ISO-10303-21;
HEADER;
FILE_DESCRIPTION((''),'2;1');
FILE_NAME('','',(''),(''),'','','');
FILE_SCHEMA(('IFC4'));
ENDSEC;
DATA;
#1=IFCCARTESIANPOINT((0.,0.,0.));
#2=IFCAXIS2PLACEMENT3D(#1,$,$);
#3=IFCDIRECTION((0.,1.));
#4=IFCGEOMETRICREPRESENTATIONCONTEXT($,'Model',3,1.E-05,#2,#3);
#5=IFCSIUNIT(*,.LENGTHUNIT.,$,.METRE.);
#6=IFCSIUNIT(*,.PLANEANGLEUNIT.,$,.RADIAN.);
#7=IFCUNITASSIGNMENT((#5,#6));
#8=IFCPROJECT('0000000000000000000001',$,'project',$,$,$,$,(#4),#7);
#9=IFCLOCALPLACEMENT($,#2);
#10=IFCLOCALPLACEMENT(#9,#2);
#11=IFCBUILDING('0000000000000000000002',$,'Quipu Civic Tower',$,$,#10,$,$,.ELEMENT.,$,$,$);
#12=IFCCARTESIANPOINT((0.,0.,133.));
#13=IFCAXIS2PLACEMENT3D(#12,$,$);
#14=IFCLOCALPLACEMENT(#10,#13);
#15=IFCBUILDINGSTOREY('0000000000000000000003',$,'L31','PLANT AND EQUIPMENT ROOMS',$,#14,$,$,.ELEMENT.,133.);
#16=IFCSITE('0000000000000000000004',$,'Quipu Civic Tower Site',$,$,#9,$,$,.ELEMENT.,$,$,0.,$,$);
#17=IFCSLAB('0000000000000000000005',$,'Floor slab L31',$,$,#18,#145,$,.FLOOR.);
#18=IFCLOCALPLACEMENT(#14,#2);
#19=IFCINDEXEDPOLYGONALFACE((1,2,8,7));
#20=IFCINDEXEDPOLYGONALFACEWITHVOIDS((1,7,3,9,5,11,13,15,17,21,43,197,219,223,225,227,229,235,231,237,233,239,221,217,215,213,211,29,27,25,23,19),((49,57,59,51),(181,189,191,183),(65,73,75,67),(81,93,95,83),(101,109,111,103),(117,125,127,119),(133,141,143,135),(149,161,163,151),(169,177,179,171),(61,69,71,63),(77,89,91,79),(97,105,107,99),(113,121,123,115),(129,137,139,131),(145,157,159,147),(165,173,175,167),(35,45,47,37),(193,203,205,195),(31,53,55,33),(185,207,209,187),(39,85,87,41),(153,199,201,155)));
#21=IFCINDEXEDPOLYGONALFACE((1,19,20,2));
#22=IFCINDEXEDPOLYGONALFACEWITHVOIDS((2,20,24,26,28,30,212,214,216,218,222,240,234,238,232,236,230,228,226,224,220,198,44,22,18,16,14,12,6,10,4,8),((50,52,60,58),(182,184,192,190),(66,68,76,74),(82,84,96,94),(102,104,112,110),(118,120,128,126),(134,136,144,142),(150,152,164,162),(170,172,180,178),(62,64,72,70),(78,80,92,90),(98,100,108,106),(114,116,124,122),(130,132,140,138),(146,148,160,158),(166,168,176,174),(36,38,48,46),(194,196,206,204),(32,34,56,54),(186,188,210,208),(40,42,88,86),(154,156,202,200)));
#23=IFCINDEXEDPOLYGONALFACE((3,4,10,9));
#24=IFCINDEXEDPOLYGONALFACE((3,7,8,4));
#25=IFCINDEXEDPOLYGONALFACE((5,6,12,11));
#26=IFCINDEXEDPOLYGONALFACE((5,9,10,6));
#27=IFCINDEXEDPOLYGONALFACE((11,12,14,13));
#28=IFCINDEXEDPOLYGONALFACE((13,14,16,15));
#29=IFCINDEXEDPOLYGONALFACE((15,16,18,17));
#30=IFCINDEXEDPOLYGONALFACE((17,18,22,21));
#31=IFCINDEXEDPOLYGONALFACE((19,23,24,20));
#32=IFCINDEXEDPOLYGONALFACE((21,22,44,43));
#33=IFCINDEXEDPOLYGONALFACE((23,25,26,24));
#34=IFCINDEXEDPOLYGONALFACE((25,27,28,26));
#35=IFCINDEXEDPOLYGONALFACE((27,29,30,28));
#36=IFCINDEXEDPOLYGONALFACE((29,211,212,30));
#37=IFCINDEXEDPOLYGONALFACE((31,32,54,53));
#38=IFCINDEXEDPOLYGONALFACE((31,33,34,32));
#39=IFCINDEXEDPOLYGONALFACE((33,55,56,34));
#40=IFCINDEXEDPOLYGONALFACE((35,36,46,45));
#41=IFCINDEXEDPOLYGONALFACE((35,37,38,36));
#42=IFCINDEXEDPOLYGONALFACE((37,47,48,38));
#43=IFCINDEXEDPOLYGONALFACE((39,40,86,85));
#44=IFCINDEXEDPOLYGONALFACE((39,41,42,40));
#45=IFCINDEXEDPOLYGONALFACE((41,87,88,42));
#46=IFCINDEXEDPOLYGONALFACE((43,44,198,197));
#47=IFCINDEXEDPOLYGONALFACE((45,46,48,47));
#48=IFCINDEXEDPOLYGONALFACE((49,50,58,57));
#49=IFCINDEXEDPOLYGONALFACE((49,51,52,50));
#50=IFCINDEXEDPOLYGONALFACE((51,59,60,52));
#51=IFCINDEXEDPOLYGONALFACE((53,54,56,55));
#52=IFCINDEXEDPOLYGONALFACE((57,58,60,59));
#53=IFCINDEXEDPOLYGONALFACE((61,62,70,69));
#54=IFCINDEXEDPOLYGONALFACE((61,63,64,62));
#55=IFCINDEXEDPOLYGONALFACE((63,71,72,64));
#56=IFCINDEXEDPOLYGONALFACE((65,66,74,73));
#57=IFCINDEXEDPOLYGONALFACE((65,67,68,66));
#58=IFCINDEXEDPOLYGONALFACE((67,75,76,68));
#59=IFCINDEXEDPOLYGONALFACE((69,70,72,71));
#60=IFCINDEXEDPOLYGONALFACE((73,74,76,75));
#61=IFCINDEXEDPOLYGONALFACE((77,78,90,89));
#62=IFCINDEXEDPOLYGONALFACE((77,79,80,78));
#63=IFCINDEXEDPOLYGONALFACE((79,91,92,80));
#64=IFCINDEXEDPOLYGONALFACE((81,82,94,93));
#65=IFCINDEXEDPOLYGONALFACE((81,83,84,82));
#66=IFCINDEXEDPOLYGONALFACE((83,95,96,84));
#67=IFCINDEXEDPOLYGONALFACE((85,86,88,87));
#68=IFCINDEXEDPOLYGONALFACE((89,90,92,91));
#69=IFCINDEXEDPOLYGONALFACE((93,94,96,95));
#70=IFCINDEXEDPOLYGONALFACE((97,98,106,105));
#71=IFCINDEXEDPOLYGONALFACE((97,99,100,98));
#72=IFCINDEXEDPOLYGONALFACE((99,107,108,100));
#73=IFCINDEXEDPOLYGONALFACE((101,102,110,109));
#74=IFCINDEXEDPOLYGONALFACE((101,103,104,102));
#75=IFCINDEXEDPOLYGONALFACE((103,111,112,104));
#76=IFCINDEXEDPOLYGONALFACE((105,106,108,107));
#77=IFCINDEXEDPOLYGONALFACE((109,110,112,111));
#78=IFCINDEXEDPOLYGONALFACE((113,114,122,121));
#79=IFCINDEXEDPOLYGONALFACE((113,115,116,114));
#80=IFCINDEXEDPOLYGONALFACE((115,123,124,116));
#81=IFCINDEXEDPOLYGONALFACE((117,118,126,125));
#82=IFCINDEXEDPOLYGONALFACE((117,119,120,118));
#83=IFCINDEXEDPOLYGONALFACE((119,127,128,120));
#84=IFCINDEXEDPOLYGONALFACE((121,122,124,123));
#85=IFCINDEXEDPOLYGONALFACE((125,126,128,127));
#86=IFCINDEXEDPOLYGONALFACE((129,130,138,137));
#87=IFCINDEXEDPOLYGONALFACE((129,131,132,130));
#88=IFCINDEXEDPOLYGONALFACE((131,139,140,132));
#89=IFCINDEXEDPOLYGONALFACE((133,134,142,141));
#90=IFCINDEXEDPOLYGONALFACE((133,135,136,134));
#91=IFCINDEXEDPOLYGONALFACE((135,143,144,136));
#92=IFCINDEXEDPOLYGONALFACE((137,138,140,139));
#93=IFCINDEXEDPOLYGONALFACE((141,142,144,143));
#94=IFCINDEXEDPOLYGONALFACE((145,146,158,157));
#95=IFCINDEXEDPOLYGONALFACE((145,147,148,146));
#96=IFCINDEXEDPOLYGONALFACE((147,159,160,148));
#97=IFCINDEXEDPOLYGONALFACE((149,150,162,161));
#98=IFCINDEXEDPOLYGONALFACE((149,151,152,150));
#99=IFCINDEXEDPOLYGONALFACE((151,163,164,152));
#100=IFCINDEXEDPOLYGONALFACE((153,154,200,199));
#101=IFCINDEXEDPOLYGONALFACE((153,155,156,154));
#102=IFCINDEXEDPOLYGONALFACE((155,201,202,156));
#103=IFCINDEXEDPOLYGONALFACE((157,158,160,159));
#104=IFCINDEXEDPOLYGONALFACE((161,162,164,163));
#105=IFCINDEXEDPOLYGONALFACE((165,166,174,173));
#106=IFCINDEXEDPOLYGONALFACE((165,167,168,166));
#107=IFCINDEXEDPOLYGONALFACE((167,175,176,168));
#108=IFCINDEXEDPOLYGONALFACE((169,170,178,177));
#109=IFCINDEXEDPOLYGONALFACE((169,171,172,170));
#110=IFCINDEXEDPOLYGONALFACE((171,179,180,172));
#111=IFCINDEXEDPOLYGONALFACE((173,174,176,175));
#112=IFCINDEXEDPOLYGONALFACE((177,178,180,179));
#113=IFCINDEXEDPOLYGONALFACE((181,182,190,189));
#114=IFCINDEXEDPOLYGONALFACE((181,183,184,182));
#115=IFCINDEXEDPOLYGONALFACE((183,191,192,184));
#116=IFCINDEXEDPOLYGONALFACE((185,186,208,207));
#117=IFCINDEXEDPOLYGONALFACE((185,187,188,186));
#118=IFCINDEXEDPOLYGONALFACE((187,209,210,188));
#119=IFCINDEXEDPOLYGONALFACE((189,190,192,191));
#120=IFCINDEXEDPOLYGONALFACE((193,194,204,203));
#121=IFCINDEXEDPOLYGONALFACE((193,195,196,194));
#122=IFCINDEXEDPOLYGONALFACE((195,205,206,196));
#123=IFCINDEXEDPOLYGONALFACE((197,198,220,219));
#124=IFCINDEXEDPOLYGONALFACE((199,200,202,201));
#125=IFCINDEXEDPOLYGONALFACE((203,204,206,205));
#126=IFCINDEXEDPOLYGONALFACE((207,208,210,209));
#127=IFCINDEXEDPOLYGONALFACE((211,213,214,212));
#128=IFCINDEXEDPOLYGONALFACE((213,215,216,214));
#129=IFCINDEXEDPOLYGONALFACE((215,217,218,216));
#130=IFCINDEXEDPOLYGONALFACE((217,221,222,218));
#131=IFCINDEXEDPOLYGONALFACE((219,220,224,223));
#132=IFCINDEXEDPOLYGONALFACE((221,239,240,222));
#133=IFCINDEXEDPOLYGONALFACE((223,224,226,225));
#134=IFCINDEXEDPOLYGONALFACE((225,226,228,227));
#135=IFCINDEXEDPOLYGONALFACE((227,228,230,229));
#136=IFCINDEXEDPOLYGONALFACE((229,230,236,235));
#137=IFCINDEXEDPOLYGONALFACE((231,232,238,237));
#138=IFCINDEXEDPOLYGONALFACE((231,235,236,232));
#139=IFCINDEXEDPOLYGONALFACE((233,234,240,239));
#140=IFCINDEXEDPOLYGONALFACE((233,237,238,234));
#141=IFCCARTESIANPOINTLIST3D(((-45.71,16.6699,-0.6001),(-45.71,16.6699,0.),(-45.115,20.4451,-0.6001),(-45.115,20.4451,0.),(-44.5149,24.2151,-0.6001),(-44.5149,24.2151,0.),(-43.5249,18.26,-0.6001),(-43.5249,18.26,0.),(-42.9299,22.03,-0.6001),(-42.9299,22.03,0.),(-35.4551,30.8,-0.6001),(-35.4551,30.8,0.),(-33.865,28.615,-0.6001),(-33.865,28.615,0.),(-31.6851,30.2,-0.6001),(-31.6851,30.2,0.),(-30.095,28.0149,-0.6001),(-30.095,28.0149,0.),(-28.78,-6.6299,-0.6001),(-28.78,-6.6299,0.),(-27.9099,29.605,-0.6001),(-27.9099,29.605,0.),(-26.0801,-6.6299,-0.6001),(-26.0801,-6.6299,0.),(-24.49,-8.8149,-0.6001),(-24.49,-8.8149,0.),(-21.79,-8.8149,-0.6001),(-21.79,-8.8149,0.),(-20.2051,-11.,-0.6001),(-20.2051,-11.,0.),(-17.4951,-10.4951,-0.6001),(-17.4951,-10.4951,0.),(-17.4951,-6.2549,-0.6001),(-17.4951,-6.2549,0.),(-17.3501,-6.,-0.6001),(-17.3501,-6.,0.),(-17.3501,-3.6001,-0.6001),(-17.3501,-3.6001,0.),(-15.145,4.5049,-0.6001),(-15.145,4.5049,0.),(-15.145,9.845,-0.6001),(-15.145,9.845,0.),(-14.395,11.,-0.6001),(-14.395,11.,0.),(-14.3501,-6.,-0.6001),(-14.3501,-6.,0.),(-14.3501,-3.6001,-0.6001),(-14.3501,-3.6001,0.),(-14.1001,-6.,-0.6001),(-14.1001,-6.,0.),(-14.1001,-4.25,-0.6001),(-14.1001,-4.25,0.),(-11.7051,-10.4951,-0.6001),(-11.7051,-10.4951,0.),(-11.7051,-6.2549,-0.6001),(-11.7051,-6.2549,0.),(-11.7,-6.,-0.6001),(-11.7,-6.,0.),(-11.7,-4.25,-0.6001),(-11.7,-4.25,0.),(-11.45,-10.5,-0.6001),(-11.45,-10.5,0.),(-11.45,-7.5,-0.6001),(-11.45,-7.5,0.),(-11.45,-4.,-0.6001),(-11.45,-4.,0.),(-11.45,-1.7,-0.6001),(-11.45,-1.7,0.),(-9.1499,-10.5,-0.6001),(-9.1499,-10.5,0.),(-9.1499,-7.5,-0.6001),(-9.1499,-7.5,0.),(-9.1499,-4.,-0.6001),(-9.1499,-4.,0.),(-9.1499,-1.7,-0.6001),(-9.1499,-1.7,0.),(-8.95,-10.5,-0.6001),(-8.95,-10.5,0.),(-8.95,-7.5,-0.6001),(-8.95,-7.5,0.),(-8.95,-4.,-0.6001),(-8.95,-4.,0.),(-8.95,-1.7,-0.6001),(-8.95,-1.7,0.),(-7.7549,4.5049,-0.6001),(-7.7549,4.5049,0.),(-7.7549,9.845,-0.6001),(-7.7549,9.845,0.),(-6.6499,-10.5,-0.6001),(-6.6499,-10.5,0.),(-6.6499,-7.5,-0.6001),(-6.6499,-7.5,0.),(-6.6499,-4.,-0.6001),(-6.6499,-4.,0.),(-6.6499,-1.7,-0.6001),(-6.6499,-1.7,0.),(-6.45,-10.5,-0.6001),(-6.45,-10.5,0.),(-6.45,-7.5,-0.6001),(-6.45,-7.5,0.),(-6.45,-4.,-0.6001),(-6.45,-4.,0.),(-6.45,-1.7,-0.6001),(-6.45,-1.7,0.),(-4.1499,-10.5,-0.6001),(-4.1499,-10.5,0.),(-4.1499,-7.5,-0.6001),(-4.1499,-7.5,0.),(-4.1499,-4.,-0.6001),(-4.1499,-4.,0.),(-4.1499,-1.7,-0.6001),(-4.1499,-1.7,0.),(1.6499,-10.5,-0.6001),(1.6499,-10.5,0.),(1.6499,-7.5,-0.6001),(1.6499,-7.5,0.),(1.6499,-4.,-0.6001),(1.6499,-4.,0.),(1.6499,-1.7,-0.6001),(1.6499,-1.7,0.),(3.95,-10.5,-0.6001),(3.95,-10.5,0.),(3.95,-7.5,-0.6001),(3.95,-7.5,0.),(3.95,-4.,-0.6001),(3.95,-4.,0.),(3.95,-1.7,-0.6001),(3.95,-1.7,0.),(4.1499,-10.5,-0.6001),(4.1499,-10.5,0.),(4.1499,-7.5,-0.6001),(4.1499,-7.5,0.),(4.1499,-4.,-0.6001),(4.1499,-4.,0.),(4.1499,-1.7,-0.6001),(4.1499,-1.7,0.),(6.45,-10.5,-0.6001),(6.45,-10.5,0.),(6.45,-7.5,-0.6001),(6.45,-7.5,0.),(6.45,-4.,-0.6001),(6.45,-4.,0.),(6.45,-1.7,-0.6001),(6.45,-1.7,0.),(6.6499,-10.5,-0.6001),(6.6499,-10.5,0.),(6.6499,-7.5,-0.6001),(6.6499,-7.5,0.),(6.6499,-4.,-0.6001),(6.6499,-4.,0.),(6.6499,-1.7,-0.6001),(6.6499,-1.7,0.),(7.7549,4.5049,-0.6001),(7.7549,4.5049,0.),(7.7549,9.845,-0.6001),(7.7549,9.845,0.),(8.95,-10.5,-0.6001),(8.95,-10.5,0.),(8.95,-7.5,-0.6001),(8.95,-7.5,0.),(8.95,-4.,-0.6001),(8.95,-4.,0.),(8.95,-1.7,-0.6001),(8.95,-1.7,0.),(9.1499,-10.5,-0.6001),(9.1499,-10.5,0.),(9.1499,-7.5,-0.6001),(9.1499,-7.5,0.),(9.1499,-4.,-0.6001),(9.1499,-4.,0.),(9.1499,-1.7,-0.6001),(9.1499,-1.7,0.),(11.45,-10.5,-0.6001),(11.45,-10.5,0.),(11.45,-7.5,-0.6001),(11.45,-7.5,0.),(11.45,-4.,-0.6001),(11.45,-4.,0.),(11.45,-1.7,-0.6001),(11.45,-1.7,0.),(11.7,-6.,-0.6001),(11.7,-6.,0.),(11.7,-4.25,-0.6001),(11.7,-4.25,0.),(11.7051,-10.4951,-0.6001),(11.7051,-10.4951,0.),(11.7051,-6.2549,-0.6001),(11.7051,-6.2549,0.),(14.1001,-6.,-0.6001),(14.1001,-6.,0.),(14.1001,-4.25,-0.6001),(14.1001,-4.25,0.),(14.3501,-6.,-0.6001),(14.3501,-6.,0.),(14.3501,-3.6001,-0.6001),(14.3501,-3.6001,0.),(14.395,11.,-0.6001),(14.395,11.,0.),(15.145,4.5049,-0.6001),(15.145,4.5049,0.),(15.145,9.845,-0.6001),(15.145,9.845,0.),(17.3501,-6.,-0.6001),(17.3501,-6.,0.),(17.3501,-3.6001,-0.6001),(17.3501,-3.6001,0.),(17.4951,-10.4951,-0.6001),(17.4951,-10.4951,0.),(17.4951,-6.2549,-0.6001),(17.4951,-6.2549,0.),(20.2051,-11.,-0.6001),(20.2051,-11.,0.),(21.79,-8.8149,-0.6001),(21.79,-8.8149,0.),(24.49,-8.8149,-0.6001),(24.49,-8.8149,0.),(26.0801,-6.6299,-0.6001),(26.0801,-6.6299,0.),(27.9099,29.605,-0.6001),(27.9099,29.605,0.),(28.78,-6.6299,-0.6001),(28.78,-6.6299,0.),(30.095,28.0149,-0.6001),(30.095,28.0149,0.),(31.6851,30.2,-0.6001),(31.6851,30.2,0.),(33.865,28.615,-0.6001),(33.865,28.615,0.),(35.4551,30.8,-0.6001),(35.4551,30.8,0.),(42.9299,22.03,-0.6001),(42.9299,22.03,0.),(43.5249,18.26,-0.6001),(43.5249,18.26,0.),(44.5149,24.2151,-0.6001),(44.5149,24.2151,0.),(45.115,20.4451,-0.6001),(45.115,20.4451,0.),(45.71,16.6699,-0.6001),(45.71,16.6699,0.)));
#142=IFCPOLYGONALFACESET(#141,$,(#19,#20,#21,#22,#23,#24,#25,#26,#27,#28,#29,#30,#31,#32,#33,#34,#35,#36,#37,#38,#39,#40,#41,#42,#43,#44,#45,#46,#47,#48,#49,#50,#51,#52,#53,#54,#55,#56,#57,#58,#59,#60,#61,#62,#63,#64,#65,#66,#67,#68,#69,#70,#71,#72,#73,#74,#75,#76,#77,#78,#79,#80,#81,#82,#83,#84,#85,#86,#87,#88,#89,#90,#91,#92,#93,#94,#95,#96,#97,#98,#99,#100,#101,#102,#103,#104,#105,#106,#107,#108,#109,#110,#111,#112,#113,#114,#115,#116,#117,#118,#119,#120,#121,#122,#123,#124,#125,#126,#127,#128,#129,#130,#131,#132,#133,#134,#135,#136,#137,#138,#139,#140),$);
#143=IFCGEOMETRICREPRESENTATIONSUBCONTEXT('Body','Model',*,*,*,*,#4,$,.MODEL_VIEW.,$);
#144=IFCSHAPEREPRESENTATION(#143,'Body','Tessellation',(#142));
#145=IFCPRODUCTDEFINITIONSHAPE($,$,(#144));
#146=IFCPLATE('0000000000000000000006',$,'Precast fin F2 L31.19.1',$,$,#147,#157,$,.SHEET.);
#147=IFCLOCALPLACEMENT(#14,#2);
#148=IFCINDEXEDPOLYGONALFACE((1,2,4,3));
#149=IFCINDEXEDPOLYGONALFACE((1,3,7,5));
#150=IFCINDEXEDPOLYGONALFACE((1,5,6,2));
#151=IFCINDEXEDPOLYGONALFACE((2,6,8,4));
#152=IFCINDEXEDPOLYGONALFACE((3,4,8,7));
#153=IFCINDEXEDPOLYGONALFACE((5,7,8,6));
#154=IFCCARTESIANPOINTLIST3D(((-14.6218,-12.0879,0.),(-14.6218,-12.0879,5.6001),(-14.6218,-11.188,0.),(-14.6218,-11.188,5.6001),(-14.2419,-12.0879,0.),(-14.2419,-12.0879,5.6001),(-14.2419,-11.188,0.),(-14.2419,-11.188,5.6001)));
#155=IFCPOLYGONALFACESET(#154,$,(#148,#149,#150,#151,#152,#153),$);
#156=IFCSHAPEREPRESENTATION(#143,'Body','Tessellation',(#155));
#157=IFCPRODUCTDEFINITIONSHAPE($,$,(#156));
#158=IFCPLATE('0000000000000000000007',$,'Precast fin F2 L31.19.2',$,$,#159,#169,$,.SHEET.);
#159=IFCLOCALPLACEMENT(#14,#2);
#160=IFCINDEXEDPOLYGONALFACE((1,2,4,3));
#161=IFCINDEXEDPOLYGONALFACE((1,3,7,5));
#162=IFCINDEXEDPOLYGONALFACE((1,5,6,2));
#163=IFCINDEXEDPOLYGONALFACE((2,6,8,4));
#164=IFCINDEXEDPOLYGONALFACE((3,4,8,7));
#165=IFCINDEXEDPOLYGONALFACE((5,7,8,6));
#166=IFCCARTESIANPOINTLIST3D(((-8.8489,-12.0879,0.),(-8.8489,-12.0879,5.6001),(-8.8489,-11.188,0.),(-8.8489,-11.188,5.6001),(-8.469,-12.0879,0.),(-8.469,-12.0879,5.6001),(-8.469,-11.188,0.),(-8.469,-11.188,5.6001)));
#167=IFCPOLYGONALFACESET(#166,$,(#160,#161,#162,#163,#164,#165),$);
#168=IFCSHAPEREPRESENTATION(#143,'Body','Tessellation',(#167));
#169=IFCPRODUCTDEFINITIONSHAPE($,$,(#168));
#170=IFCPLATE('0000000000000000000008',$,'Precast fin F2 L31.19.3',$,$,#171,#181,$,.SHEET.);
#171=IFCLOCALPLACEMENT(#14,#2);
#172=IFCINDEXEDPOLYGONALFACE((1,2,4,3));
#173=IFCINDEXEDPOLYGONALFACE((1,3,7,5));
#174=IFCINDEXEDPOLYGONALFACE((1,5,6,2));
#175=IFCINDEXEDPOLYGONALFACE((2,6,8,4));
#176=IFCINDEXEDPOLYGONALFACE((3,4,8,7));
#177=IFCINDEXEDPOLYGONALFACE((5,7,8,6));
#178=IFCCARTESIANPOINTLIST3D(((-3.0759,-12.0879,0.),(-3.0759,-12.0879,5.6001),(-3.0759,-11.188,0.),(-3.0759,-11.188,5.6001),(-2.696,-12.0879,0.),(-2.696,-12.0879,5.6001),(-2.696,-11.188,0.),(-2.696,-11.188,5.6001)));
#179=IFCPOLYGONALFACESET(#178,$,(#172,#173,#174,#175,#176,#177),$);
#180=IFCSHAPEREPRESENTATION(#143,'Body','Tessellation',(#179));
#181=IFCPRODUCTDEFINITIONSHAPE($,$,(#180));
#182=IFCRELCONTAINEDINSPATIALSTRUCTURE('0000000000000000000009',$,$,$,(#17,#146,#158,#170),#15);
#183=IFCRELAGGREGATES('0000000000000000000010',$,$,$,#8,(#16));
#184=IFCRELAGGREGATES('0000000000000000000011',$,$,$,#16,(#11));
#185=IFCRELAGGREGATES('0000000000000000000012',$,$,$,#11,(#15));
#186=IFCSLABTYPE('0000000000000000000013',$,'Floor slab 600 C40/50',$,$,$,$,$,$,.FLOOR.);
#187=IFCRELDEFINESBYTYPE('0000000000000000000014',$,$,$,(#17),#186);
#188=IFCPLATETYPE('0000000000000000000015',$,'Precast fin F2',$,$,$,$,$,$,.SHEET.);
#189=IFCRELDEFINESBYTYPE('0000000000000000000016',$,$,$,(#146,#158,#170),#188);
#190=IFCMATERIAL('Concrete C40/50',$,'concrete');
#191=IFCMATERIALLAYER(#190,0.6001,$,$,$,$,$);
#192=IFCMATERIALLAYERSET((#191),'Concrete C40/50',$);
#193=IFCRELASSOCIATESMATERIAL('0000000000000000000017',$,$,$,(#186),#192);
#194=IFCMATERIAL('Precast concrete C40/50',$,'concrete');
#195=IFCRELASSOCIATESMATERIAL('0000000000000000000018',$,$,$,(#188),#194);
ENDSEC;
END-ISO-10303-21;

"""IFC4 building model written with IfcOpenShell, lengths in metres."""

from ifc_helpers import new_model, si_unit, direction, frame, origin, origin_2d, place, context, subcontext, project, spatial, polyline, rectangle, outline, extrude, material, layer, layer_set, type_object, element, save


model = new_model("IFC4")

# Units and contexts
model_context = context("Model", 3, precision=1e-05, world=origin(), true_north=direction((0.0, 1.0)))
body_context = subcontext(model_context, "Body", "Model", "MODEL_VIEW")
ifc_project = project(units=[si_unit("LENGTHUNIT", "METRE"), si_unit("PLANEANGLEUNIT", "RADIAN")], contexts=[model_context])

# Site, building, storey
site_placement = place(None, origin())
site = spatial("IfcSite", under=ifc_project, at=site_placement, Name="Quipu Civic Tower Site", CompositionType="ELEMENT", RefElevation=0.0)
building_placement = place(site_placement, origin())
building = spatial("IfcBuilding", under=site, at=building_placement, Name="Quipu Civic Tower", CompositionType="ELEMENT")
storey_placement = place(building_placement, frame((0.0, 0.0, 133.0)))
storey = spatial("IfcBuildingStorey", under=building, at=storey_placement, Name="L31", Description="PLANT AND EQUIPMENT ROOMS", CompositionType="ELEMENT", Elevation=133.0)

# Slab
ifc_material_1 = material(Name="Concrete C40/50", Category="concrete")
ifc_layer_1 = layer(ifc_material_1, 0.6001)
ifc_layer_set_1 = layer_set([ifc_layer_1], Name="Concrete C40/50")
slab_type_1 = type_object("IfcSlabType", Name="Floor slab 600 C40/50", PredefinedType="FLOOR", material=ifc_layer_set_1)
slab_1_placement = place(storey_placement, frame((0.0, 0.0, -0.6001)))
element("IfcSlab", 1, at=slab_1_placement, inside=storey, type_object=slab_type_1, Name="Floor slab L31", PredefinedType="FLOOR", context=body_context, shape_type="SweptSolid", body=[
    extrude(outline(polyline([(27.9099, 29.605), (30.095, 28.0149), (31.6851, 30.2), (33.865, 28.615), (35.4551, 30.8), (44.5149, 24.2151), (42.9299, 22.03), (45.115, 20.4451), (43.5249, 18.26), (45.71, 16.6699), (28.78, -6.6299), (26.0801, -6.6299), (24.49, -8.8149), (21.79, -8.8149), (20.2051, -11.0), (-20.2051, -11.0), (-21.79, -8.8149), (-24.49, -8.8149), (-26.0801, -6.6299), (-28.78, -6.6299), (-45.71, 16.6699), (-43.5249, 18.26), (-45.115, 20.4451), (-42.9299, 22.03), (-44.5149, 24.2151), (-35.4551, 30.8), (-33.865, 28.615), (-31.6851, 30.2), (-30.095, 28.0149), (-27.9099, 29.605), (-14.395, 11.0), (14.395, 11.0), (27.9099, 29.605)]), holes=[polyline([(-11.45, -7.5), (-11.45, -10.5), (-9.1499, -10.5), (-9.1499, -7.5), (-11.45, -7.5)]), polyline([(-8.95, -7.5), (-8.95, -10.5), (-6.6499, -10.5), (-6.6499, -7.5), (-8.95, -7.5)]), polyline([(-6.45, -7.5), (-6.45, -10.5), (-4.1499, -10.5), (-4.1499, -7.5), (-6.45, -7.5)]), polyline([(3.95, -7.5), (1.6499, -7.5), (1.6499, -10.5), (3.95, -10.5), (3.95, -7.5)]), polyline([(-11.7051, -10.4951), (-11.7051, -6.2549), (-17.4951, -6.2549), (-17.4951, -10.4951), (-11.7051, -10.4951)]), polyline([(-14.1001, -4.25), (-14.1001, -6.0), (-11.7, -6.0), (-11.7, -4.25), (-14.1001, -4.25)]), polyline([(-14.3501, -3.6001), (-17.3501, -3.6001), (-17.3501, -6.0), (-14.3501, -6.0), (-14.3501, -3.6001)]), polyline([(-9.1499, -1.7), (-11.45, -1.7), (-11.45, -4.0), (-9.1499, -4.0), (-9.1499, -1.7)]), polyline([(-8.95, -1.7), (-8.95, -4.0), (-6.6499, -4.0), (-6.6499, -1.7), (-8.95, -1.7)]), polyline([(-4.1499, -1.7), (-6.45, -1.7), (-6.45, -4.0), (-4.1499, -4.0), (-4.1499, -1.7)]), polyline([(-7.7549, 4.5049), (-7.7549, 9.845), (-15.145, 9.845), (-15.145, 4.5049), (-7.7549, 4.5049)]), polyline([(4.1499, -7.5), (4.1499, -10.5), (6.45, -10.5), (6.45, -7.5), (4.1499, -7.5)]), polyline([(6.6499, -7.5), (6.6499, -10.5), (8.95, -10.5), (8.95, -7.5), (6.6499, -7.5)]), polyline([(9.1499, -7.5), (9.1499, -10.5), (11.45, -10.5), (11.45, -7.5), (9.1499, -7.5)]), polyline([(11.7051, -6.2549), (11.7051, -10.4951), (17.4951, -10.4951), (17.4951, -6.2549), (11.7051, -6.2549)]), polyline([(14.1001, -4.25), (11.7, -4.25), (11.7, -6.0), (14.1001, -6.0), (14.1001, -4.25)]), polyline([(14.3501, -3.6001), (14.3501, -6.0), (17.3501, -6.0), (17.3501, -3.6001), (14.3501, -3.6001)]), polyline([(3.95, -1.7), (1.6499, -1.7), (1.6499, -4.0), (3.95, -4.0), (3.95, -1.7)]), polyline([(6.45, -1.7), (4.1499, -1.7), (4.1499, -4.0), (6.45, -4.0), (6.45, -1.7)]), polyline([(6.6499, -1.7), (6.6499, -4.0), (8.95, -4.0), (8.95, -1.7), (6.6499, -1.7)]), polyline([(11.45, -1.7), (9.1499, -1.7), (9.1499, -4.0), (11.45, -4.0), (11.45, -1.7)]), polyline([(7.7549, 9.845), (7.7549, 4.5049), (15.145, 4.5049), (15.145, 9.845), (7.7549, 9.845)])]), origin(), (0.0, 0.0, 1.0), 0.6001),
])

# Plates
ifc_material_2 = material(Name="Precast concrete C40/50", Category="concrete")
plate_type = type_object("IfcPlateType", Name="Precast fin F2", PredefinedType="SHEET", material=ifc_material_2)
for number, where, z_axis, x_axis, name in (
    (2, (-14.4319, -11.6379, 0.0), (0.0, 0.0, 1.0), (1.0, 0.0, 0.0), "Precast fin F2 L31.19.1"),
    (3, (-8.6589, -11.6379, 0.0), (0.0, 0.0, 1.0), (1.0, 0.0, 0.0), "Precast fin F2 L31.19.2"),
    (4, (-2.886, -11.6379, 0.0), (0.0, 0.0, 1.0), (1.0, 0.0, 0.0), "Precast fin F2 L31.19.3"),
):
    element("IfcPlate", number, at=place(storey_placement, frame(where, z_axis=z_axis, x_axis=x_axis)), inside=storey, type_object=plate_type, Name=name, PredefinedType="SHEET", context=body_context, shape_type="SweptSolid", body=[
        extrude(rectangle(XDim=0.3799, YDim=0.8999, at=origin_2d()), origin(), (0.0, 0.0, 1.0), 5.6001),
    ])

save(model, "model.ifc")
